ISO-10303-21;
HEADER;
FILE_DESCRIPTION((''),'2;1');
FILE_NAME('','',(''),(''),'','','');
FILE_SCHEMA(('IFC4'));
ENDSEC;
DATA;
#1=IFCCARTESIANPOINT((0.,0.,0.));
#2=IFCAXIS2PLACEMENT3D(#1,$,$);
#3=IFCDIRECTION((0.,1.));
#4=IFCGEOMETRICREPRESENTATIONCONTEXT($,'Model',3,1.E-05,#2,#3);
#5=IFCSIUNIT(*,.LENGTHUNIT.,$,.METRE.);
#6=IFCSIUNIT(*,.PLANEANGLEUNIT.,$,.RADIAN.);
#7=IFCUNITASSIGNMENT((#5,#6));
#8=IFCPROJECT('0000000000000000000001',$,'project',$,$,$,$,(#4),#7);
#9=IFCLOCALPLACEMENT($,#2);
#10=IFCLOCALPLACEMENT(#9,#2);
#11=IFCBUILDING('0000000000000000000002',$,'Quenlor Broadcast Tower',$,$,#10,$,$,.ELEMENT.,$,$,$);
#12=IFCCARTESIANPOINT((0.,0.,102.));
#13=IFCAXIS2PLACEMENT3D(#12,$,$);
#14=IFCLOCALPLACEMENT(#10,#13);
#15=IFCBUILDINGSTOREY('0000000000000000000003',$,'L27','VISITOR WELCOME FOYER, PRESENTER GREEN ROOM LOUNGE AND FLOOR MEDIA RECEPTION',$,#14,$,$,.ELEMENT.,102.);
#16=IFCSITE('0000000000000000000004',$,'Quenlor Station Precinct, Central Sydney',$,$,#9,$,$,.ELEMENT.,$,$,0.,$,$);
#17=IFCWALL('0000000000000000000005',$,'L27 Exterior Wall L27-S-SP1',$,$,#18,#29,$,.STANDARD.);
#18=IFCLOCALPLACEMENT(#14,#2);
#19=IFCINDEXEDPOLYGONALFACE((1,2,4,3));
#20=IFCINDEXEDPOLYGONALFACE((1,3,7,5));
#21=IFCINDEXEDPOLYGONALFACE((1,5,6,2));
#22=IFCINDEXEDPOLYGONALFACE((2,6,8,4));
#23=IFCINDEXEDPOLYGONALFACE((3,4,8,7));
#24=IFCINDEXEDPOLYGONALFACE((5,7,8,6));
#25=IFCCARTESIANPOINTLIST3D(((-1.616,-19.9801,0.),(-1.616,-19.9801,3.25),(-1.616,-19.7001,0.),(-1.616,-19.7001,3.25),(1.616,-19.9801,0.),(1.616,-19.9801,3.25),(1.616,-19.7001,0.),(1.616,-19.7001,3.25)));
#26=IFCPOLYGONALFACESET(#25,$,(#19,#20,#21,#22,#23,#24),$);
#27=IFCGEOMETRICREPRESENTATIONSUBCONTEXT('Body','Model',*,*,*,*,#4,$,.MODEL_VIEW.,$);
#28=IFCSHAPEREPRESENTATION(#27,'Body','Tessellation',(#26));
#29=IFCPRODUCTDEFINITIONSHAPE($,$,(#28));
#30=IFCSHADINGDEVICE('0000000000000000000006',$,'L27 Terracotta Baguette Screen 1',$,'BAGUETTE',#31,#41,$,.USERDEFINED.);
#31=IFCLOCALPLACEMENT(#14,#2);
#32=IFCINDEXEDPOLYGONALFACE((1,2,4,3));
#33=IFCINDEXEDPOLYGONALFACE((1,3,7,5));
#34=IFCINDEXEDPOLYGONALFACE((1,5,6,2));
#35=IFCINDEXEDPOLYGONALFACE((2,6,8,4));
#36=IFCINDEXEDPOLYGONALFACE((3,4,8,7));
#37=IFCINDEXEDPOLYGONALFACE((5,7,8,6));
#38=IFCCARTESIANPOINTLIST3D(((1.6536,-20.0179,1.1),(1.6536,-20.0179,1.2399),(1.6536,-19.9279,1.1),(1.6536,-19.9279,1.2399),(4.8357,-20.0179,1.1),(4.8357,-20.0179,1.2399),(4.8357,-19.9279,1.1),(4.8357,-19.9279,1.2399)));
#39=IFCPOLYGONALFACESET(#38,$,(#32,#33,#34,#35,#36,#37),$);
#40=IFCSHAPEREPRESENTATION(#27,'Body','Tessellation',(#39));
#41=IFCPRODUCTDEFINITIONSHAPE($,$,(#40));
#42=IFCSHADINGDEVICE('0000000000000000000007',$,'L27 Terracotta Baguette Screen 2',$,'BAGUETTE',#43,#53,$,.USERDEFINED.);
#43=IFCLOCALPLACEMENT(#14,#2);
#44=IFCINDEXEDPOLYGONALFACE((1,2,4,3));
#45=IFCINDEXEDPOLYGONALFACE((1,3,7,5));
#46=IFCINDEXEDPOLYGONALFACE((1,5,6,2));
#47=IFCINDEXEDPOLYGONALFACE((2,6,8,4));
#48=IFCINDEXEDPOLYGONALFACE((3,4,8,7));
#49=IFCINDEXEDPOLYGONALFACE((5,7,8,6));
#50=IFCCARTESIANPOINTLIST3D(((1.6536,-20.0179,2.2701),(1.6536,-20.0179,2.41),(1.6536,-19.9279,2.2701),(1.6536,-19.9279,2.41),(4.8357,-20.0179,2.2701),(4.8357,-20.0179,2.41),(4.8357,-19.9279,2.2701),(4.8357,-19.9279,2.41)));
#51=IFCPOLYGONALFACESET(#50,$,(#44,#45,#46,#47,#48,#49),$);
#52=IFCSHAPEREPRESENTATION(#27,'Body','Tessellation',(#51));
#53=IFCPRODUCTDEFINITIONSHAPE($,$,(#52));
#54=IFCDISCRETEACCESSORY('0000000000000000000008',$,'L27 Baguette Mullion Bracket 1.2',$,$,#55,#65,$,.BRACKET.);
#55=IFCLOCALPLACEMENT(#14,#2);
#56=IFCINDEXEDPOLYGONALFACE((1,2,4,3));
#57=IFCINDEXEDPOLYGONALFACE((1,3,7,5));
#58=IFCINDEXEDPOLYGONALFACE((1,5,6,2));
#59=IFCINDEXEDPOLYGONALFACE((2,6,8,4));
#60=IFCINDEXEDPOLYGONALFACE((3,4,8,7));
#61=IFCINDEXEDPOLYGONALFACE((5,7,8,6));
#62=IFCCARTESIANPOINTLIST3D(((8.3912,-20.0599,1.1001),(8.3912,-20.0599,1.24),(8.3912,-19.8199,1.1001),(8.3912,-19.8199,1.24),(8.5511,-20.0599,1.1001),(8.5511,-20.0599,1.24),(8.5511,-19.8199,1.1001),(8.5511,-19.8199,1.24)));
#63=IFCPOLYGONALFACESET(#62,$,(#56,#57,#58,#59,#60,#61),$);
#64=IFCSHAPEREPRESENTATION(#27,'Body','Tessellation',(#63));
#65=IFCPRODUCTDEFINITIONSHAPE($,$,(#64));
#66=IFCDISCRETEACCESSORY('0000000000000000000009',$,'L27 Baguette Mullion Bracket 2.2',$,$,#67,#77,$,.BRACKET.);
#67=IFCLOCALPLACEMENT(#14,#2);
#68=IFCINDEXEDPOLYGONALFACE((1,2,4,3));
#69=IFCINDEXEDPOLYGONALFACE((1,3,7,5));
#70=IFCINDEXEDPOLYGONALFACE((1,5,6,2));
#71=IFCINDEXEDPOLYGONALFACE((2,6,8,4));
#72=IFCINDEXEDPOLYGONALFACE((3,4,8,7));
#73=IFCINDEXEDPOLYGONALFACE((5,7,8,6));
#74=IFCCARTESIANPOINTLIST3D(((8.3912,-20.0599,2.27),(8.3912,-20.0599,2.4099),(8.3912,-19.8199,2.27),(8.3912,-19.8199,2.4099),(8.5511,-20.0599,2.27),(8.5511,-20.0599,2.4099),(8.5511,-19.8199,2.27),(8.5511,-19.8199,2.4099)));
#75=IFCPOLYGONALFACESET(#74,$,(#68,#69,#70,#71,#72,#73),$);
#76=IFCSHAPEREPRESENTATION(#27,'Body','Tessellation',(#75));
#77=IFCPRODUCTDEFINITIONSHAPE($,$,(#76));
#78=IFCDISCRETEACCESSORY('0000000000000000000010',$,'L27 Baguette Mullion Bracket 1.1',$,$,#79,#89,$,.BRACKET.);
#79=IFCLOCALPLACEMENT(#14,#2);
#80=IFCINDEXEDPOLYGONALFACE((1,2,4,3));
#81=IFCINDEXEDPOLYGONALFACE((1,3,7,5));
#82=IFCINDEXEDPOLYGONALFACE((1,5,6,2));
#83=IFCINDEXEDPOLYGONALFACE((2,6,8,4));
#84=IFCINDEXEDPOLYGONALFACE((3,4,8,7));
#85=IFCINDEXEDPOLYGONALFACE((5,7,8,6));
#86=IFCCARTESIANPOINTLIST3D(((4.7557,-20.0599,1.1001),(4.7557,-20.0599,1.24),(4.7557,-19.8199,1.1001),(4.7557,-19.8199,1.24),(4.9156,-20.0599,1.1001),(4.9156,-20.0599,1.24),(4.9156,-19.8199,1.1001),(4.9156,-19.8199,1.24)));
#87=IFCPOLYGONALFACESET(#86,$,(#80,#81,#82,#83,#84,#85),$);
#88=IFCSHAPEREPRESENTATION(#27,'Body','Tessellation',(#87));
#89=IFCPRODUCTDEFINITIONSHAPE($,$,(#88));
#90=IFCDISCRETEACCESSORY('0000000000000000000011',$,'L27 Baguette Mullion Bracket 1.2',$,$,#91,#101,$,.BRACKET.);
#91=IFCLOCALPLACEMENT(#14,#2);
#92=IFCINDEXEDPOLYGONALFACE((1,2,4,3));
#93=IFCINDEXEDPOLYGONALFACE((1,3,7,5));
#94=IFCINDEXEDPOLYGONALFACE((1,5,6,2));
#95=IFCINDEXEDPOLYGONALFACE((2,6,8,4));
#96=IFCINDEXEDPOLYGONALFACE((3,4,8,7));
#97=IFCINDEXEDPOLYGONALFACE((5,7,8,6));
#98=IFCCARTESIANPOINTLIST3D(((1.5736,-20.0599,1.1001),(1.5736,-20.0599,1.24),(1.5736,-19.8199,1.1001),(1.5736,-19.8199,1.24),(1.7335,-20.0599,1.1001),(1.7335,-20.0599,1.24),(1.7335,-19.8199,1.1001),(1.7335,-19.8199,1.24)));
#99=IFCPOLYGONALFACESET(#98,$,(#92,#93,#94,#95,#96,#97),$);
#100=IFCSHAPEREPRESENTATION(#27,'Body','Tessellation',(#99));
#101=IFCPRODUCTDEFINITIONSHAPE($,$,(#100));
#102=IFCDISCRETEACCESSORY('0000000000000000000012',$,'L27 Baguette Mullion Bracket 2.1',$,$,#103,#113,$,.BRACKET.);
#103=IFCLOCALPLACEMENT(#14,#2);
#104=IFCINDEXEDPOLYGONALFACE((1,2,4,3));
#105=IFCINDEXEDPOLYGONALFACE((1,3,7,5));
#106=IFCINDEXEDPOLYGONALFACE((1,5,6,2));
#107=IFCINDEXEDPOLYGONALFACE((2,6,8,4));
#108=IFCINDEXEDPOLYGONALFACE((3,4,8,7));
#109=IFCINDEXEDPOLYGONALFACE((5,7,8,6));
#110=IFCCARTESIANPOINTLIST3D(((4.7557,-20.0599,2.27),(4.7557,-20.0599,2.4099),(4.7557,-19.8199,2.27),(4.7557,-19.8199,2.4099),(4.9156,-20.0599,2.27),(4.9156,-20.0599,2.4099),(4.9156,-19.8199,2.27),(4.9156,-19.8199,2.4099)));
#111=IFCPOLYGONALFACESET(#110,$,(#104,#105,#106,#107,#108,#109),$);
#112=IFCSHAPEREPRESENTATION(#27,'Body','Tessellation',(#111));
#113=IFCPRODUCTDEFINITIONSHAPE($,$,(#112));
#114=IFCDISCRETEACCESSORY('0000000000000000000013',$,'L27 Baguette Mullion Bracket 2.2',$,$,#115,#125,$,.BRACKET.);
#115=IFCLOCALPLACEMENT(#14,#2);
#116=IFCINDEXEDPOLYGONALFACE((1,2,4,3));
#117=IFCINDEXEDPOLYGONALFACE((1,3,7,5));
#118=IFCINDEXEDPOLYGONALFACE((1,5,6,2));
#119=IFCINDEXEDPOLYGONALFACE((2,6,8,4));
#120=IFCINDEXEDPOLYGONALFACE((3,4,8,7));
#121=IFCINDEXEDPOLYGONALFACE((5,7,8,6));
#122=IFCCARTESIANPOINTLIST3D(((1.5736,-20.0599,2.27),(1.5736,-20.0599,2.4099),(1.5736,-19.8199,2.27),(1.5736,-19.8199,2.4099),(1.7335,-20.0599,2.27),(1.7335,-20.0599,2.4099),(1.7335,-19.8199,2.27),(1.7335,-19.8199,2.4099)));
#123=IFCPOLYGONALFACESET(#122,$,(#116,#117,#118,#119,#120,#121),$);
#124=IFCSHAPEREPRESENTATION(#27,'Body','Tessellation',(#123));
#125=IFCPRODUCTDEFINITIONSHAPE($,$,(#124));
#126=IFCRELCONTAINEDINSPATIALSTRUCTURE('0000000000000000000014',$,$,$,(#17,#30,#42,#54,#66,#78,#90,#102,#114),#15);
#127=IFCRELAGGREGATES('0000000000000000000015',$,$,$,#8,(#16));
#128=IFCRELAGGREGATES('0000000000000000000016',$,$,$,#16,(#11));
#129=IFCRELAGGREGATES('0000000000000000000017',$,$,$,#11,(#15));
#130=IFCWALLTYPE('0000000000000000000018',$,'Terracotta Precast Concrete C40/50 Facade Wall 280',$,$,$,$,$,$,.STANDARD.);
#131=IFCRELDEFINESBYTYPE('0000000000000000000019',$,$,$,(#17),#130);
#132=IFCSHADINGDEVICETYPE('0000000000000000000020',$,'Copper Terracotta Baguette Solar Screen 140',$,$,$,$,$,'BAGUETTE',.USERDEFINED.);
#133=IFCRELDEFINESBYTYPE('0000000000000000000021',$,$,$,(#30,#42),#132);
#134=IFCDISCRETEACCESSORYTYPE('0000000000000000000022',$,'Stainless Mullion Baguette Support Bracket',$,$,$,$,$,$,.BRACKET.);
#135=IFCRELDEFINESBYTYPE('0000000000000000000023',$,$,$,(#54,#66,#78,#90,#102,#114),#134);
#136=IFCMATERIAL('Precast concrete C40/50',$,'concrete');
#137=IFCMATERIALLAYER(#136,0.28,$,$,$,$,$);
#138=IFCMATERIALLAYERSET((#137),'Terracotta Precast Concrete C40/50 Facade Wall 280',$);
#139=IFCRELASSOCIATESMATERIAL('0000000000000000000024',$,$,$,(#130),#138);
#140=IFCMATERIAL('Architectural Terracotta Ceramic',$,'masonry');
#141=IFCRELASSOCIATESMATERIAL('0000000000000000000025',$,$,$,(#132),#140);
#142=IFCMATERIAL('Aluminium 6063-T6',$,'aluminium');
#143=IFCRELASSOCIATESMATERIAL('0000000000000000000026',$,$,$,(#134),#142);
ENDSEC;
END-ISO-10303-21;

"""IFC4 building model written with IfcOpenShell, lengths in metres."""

from ifc_helpers import new_model, si_unit, direction, frame, frame_2d, origin, origin_2d, place, context, subcontext, project, spatial, rectangle, extrude, material, layer, layer_set, material_profile, profile_set, type_object, element, save


model = new_model("IFC4")

# Units and contexts
model_context = context("Model", 3, precision=1e-05, world=origin(), true_north=direction((0.0, 1.0)))
body_context = subcontext(model_context, "Body", "Model", "MODEL_VIEW")
ifc_project = project(units=[si_unit("LENGTHUNIT", "METRE"), si_unit("PLANEANGLEUNIT", "RADIAN")], contexts=[model_context])

# Site, building, storey
site_placement = place(None, origin())
site = spatial("IfcSite", under=ifc_project, at=site_placement, Name="Quenlor Station Precinct, Central Sydney", CompositionType="ELEMENT", RefElevation=0.0)
building_placement = place(site_placement, origin())
building = spatial("IfcBuilding", under=site, at=building_placement, Name="Quenlor Broadcast Tower", CompositionType="ELEMENT")
storey_placement = place(building_placement, frame((0.0, 0.0, 102.0)))
storey = spatial("IfcBuildingStorey", under=building, at=storey_placement, Name="L27", Description="VISITOR WELCOME FOYER, PRESENTER GREEN ROOM LOUNGE AND FLOOR MEDIA RECEPTION", CompositionType="ELEMENT", Elevation=102.0)

# Wall
ifc_material_1 = material(Name="Precast concrete C40/50", Category="concrete")
ifc_layer_1 = layer(ifc_material_1, 0.28)
ifc_layer_set_1 = layer_set([ifc_layer_1], Name="Terracotta Precast Concrete C40/50 Facade Wall 280")
wall_type = type_object("IfcWallType", Name="Terracotta Precast Concrete C40/50 Facade Wall 280", PredefinedType="STANDARD", material=ifc_layer_set_1)
wall_1_placement = place(storey_placement, frame((1.616, -19.8401, 0.0), z_axis=(0.0, 0.0, 1.0), x_axis=(-1.0, 0.0, 0.0)))
element("IfcWall", 1, at=wall_1_placement, inside=storey, type_object=wall_type, Name="L27 Exterior Wall L27-S-SP1", PredefinedType="STANDARD", context=body_context, shape_type="SweptSolid", body=[
    extrude(rectangle(XDim=3.2319, YDim=0.28, at=frame_2d((1.616, 0.0))), origin(), (0.0, 0.0, 1.0), 3.25),
])

# Shading devices
ifc_material_2 = material(Name="Architectural Terracotta Ceramic", Category="masonry")
ifc_material_profile_1 = material_profile(ifc_material_2, rectangle(XDim=0.0901, YDim=0.1399, at=origin_2d()))
ifc_profile_set_1 = profile_set([ifc_material_profile_1], Name="Architectural Terracotta Ceramic BAG90x140")
shading_device_type = type_object("IfcShadingDeviceType", Name="Copper Terracotta Baguette Solar Screen 140", ElementType="BAGUETTE", PredefinedType="USERDEFINED", material=ifc_profile_set_1)
for number, where, z_axis, x_axis, name in (
    (2, (4.8357, -19.9729, 1.1699), (-1.0, 0.0, 0.0), (0.0, -1.0, 0.0), "L27 Terracotta Baguette Screen 1"),
    (3, (4.8357, -19.9729, 2.3401), (-1.0, 0.0, 0.0), (0.0, -1.0, 0.0), "L27 Terracotta Baguette Screen 2"),
):
    element("IfcShadingDevice", number, at=place(storey_placement, frame(where, z_axis=z_axis, x_axis=x_axis)), inside=storey, type_object=shading_device_type, Name=name, ObjectType="BAGUETTE", PredefinedType="USERDEFINED", context=body_context, shape_type="SweptSolid", body=[
        extrude(rectangle(XDim=0.0901, YDim=0.1399, at=origin_2d()), origin(), (0.0, 0.0, 1.0), 3.1821),
    ])

# Discrete accessories
ifc_material_3 = material(Name="Aluminium 6063-T6", Category="aluminium")
discrete_accessory_type = type_object("IfcDiscreteAccessoryType", Name="Stainless Mullion Baguette Support Bracket", PredefinedType="BRACKET", material=ifc_material_3)
for number, where, z_axis, x_axis, name in (
    (4, (8.4712, -19.9399, 1.1001), (0.0, 0.0, 1.0), (-1.0, 0.0, 0.0), "L27 Baguette Mullion Bracket 1.2"),
    (5, (8.4712, -19.9399, 2.27), (0.0, 0.0, 1.0), (-1.0, 0.0, 0.0), "L27 Baguette Mullion Bracket 2.2"),
    (6, (4.8357, -19.9399, 1.1001), (0.0, 0.0, 1.0), (-1.0, 0.0, 0.0), "L27 Baguette Mullion Bracket 1.1"),
    (7, (1.6536, -19.9399, 1.1001), (0.0, 0.0, 1.0), (-1.0, 0.0, 0.0), "L27 Baguette Mullion Bracket 1.2"),
    (8, (4.8357, -19.9399, 2.27), (0.0, 0.0, 1.0), (-1.0, 0.0, 0.0), "L27 Baguette Mullion Bracket 2.1"),
    (9, (1.6536, -19.9399, 2.27), (0.0, 0.0, 1.0), (-1.0, 0.0, 0.0), "L27 Baguette Mullion Bracket 2.2"),
):
    element("IfcDiscreteAccessory", number, at=place(storey_placement, frame(where, z_axis=z_axis, x_axis=x_axis)), inside=storey, type_object=discrete_accessory_type, Name=name, PredefinedType="BRACKET", context=body_context, shape_type="SweptSolid", body=[
        extrude(rectangle(XDim=0.1599, YDim=0.24, at=origin_2d()), origin(), (0.0, 0.0, 1.0), 0.1399),
    ])

save(model, "model.ifc")
